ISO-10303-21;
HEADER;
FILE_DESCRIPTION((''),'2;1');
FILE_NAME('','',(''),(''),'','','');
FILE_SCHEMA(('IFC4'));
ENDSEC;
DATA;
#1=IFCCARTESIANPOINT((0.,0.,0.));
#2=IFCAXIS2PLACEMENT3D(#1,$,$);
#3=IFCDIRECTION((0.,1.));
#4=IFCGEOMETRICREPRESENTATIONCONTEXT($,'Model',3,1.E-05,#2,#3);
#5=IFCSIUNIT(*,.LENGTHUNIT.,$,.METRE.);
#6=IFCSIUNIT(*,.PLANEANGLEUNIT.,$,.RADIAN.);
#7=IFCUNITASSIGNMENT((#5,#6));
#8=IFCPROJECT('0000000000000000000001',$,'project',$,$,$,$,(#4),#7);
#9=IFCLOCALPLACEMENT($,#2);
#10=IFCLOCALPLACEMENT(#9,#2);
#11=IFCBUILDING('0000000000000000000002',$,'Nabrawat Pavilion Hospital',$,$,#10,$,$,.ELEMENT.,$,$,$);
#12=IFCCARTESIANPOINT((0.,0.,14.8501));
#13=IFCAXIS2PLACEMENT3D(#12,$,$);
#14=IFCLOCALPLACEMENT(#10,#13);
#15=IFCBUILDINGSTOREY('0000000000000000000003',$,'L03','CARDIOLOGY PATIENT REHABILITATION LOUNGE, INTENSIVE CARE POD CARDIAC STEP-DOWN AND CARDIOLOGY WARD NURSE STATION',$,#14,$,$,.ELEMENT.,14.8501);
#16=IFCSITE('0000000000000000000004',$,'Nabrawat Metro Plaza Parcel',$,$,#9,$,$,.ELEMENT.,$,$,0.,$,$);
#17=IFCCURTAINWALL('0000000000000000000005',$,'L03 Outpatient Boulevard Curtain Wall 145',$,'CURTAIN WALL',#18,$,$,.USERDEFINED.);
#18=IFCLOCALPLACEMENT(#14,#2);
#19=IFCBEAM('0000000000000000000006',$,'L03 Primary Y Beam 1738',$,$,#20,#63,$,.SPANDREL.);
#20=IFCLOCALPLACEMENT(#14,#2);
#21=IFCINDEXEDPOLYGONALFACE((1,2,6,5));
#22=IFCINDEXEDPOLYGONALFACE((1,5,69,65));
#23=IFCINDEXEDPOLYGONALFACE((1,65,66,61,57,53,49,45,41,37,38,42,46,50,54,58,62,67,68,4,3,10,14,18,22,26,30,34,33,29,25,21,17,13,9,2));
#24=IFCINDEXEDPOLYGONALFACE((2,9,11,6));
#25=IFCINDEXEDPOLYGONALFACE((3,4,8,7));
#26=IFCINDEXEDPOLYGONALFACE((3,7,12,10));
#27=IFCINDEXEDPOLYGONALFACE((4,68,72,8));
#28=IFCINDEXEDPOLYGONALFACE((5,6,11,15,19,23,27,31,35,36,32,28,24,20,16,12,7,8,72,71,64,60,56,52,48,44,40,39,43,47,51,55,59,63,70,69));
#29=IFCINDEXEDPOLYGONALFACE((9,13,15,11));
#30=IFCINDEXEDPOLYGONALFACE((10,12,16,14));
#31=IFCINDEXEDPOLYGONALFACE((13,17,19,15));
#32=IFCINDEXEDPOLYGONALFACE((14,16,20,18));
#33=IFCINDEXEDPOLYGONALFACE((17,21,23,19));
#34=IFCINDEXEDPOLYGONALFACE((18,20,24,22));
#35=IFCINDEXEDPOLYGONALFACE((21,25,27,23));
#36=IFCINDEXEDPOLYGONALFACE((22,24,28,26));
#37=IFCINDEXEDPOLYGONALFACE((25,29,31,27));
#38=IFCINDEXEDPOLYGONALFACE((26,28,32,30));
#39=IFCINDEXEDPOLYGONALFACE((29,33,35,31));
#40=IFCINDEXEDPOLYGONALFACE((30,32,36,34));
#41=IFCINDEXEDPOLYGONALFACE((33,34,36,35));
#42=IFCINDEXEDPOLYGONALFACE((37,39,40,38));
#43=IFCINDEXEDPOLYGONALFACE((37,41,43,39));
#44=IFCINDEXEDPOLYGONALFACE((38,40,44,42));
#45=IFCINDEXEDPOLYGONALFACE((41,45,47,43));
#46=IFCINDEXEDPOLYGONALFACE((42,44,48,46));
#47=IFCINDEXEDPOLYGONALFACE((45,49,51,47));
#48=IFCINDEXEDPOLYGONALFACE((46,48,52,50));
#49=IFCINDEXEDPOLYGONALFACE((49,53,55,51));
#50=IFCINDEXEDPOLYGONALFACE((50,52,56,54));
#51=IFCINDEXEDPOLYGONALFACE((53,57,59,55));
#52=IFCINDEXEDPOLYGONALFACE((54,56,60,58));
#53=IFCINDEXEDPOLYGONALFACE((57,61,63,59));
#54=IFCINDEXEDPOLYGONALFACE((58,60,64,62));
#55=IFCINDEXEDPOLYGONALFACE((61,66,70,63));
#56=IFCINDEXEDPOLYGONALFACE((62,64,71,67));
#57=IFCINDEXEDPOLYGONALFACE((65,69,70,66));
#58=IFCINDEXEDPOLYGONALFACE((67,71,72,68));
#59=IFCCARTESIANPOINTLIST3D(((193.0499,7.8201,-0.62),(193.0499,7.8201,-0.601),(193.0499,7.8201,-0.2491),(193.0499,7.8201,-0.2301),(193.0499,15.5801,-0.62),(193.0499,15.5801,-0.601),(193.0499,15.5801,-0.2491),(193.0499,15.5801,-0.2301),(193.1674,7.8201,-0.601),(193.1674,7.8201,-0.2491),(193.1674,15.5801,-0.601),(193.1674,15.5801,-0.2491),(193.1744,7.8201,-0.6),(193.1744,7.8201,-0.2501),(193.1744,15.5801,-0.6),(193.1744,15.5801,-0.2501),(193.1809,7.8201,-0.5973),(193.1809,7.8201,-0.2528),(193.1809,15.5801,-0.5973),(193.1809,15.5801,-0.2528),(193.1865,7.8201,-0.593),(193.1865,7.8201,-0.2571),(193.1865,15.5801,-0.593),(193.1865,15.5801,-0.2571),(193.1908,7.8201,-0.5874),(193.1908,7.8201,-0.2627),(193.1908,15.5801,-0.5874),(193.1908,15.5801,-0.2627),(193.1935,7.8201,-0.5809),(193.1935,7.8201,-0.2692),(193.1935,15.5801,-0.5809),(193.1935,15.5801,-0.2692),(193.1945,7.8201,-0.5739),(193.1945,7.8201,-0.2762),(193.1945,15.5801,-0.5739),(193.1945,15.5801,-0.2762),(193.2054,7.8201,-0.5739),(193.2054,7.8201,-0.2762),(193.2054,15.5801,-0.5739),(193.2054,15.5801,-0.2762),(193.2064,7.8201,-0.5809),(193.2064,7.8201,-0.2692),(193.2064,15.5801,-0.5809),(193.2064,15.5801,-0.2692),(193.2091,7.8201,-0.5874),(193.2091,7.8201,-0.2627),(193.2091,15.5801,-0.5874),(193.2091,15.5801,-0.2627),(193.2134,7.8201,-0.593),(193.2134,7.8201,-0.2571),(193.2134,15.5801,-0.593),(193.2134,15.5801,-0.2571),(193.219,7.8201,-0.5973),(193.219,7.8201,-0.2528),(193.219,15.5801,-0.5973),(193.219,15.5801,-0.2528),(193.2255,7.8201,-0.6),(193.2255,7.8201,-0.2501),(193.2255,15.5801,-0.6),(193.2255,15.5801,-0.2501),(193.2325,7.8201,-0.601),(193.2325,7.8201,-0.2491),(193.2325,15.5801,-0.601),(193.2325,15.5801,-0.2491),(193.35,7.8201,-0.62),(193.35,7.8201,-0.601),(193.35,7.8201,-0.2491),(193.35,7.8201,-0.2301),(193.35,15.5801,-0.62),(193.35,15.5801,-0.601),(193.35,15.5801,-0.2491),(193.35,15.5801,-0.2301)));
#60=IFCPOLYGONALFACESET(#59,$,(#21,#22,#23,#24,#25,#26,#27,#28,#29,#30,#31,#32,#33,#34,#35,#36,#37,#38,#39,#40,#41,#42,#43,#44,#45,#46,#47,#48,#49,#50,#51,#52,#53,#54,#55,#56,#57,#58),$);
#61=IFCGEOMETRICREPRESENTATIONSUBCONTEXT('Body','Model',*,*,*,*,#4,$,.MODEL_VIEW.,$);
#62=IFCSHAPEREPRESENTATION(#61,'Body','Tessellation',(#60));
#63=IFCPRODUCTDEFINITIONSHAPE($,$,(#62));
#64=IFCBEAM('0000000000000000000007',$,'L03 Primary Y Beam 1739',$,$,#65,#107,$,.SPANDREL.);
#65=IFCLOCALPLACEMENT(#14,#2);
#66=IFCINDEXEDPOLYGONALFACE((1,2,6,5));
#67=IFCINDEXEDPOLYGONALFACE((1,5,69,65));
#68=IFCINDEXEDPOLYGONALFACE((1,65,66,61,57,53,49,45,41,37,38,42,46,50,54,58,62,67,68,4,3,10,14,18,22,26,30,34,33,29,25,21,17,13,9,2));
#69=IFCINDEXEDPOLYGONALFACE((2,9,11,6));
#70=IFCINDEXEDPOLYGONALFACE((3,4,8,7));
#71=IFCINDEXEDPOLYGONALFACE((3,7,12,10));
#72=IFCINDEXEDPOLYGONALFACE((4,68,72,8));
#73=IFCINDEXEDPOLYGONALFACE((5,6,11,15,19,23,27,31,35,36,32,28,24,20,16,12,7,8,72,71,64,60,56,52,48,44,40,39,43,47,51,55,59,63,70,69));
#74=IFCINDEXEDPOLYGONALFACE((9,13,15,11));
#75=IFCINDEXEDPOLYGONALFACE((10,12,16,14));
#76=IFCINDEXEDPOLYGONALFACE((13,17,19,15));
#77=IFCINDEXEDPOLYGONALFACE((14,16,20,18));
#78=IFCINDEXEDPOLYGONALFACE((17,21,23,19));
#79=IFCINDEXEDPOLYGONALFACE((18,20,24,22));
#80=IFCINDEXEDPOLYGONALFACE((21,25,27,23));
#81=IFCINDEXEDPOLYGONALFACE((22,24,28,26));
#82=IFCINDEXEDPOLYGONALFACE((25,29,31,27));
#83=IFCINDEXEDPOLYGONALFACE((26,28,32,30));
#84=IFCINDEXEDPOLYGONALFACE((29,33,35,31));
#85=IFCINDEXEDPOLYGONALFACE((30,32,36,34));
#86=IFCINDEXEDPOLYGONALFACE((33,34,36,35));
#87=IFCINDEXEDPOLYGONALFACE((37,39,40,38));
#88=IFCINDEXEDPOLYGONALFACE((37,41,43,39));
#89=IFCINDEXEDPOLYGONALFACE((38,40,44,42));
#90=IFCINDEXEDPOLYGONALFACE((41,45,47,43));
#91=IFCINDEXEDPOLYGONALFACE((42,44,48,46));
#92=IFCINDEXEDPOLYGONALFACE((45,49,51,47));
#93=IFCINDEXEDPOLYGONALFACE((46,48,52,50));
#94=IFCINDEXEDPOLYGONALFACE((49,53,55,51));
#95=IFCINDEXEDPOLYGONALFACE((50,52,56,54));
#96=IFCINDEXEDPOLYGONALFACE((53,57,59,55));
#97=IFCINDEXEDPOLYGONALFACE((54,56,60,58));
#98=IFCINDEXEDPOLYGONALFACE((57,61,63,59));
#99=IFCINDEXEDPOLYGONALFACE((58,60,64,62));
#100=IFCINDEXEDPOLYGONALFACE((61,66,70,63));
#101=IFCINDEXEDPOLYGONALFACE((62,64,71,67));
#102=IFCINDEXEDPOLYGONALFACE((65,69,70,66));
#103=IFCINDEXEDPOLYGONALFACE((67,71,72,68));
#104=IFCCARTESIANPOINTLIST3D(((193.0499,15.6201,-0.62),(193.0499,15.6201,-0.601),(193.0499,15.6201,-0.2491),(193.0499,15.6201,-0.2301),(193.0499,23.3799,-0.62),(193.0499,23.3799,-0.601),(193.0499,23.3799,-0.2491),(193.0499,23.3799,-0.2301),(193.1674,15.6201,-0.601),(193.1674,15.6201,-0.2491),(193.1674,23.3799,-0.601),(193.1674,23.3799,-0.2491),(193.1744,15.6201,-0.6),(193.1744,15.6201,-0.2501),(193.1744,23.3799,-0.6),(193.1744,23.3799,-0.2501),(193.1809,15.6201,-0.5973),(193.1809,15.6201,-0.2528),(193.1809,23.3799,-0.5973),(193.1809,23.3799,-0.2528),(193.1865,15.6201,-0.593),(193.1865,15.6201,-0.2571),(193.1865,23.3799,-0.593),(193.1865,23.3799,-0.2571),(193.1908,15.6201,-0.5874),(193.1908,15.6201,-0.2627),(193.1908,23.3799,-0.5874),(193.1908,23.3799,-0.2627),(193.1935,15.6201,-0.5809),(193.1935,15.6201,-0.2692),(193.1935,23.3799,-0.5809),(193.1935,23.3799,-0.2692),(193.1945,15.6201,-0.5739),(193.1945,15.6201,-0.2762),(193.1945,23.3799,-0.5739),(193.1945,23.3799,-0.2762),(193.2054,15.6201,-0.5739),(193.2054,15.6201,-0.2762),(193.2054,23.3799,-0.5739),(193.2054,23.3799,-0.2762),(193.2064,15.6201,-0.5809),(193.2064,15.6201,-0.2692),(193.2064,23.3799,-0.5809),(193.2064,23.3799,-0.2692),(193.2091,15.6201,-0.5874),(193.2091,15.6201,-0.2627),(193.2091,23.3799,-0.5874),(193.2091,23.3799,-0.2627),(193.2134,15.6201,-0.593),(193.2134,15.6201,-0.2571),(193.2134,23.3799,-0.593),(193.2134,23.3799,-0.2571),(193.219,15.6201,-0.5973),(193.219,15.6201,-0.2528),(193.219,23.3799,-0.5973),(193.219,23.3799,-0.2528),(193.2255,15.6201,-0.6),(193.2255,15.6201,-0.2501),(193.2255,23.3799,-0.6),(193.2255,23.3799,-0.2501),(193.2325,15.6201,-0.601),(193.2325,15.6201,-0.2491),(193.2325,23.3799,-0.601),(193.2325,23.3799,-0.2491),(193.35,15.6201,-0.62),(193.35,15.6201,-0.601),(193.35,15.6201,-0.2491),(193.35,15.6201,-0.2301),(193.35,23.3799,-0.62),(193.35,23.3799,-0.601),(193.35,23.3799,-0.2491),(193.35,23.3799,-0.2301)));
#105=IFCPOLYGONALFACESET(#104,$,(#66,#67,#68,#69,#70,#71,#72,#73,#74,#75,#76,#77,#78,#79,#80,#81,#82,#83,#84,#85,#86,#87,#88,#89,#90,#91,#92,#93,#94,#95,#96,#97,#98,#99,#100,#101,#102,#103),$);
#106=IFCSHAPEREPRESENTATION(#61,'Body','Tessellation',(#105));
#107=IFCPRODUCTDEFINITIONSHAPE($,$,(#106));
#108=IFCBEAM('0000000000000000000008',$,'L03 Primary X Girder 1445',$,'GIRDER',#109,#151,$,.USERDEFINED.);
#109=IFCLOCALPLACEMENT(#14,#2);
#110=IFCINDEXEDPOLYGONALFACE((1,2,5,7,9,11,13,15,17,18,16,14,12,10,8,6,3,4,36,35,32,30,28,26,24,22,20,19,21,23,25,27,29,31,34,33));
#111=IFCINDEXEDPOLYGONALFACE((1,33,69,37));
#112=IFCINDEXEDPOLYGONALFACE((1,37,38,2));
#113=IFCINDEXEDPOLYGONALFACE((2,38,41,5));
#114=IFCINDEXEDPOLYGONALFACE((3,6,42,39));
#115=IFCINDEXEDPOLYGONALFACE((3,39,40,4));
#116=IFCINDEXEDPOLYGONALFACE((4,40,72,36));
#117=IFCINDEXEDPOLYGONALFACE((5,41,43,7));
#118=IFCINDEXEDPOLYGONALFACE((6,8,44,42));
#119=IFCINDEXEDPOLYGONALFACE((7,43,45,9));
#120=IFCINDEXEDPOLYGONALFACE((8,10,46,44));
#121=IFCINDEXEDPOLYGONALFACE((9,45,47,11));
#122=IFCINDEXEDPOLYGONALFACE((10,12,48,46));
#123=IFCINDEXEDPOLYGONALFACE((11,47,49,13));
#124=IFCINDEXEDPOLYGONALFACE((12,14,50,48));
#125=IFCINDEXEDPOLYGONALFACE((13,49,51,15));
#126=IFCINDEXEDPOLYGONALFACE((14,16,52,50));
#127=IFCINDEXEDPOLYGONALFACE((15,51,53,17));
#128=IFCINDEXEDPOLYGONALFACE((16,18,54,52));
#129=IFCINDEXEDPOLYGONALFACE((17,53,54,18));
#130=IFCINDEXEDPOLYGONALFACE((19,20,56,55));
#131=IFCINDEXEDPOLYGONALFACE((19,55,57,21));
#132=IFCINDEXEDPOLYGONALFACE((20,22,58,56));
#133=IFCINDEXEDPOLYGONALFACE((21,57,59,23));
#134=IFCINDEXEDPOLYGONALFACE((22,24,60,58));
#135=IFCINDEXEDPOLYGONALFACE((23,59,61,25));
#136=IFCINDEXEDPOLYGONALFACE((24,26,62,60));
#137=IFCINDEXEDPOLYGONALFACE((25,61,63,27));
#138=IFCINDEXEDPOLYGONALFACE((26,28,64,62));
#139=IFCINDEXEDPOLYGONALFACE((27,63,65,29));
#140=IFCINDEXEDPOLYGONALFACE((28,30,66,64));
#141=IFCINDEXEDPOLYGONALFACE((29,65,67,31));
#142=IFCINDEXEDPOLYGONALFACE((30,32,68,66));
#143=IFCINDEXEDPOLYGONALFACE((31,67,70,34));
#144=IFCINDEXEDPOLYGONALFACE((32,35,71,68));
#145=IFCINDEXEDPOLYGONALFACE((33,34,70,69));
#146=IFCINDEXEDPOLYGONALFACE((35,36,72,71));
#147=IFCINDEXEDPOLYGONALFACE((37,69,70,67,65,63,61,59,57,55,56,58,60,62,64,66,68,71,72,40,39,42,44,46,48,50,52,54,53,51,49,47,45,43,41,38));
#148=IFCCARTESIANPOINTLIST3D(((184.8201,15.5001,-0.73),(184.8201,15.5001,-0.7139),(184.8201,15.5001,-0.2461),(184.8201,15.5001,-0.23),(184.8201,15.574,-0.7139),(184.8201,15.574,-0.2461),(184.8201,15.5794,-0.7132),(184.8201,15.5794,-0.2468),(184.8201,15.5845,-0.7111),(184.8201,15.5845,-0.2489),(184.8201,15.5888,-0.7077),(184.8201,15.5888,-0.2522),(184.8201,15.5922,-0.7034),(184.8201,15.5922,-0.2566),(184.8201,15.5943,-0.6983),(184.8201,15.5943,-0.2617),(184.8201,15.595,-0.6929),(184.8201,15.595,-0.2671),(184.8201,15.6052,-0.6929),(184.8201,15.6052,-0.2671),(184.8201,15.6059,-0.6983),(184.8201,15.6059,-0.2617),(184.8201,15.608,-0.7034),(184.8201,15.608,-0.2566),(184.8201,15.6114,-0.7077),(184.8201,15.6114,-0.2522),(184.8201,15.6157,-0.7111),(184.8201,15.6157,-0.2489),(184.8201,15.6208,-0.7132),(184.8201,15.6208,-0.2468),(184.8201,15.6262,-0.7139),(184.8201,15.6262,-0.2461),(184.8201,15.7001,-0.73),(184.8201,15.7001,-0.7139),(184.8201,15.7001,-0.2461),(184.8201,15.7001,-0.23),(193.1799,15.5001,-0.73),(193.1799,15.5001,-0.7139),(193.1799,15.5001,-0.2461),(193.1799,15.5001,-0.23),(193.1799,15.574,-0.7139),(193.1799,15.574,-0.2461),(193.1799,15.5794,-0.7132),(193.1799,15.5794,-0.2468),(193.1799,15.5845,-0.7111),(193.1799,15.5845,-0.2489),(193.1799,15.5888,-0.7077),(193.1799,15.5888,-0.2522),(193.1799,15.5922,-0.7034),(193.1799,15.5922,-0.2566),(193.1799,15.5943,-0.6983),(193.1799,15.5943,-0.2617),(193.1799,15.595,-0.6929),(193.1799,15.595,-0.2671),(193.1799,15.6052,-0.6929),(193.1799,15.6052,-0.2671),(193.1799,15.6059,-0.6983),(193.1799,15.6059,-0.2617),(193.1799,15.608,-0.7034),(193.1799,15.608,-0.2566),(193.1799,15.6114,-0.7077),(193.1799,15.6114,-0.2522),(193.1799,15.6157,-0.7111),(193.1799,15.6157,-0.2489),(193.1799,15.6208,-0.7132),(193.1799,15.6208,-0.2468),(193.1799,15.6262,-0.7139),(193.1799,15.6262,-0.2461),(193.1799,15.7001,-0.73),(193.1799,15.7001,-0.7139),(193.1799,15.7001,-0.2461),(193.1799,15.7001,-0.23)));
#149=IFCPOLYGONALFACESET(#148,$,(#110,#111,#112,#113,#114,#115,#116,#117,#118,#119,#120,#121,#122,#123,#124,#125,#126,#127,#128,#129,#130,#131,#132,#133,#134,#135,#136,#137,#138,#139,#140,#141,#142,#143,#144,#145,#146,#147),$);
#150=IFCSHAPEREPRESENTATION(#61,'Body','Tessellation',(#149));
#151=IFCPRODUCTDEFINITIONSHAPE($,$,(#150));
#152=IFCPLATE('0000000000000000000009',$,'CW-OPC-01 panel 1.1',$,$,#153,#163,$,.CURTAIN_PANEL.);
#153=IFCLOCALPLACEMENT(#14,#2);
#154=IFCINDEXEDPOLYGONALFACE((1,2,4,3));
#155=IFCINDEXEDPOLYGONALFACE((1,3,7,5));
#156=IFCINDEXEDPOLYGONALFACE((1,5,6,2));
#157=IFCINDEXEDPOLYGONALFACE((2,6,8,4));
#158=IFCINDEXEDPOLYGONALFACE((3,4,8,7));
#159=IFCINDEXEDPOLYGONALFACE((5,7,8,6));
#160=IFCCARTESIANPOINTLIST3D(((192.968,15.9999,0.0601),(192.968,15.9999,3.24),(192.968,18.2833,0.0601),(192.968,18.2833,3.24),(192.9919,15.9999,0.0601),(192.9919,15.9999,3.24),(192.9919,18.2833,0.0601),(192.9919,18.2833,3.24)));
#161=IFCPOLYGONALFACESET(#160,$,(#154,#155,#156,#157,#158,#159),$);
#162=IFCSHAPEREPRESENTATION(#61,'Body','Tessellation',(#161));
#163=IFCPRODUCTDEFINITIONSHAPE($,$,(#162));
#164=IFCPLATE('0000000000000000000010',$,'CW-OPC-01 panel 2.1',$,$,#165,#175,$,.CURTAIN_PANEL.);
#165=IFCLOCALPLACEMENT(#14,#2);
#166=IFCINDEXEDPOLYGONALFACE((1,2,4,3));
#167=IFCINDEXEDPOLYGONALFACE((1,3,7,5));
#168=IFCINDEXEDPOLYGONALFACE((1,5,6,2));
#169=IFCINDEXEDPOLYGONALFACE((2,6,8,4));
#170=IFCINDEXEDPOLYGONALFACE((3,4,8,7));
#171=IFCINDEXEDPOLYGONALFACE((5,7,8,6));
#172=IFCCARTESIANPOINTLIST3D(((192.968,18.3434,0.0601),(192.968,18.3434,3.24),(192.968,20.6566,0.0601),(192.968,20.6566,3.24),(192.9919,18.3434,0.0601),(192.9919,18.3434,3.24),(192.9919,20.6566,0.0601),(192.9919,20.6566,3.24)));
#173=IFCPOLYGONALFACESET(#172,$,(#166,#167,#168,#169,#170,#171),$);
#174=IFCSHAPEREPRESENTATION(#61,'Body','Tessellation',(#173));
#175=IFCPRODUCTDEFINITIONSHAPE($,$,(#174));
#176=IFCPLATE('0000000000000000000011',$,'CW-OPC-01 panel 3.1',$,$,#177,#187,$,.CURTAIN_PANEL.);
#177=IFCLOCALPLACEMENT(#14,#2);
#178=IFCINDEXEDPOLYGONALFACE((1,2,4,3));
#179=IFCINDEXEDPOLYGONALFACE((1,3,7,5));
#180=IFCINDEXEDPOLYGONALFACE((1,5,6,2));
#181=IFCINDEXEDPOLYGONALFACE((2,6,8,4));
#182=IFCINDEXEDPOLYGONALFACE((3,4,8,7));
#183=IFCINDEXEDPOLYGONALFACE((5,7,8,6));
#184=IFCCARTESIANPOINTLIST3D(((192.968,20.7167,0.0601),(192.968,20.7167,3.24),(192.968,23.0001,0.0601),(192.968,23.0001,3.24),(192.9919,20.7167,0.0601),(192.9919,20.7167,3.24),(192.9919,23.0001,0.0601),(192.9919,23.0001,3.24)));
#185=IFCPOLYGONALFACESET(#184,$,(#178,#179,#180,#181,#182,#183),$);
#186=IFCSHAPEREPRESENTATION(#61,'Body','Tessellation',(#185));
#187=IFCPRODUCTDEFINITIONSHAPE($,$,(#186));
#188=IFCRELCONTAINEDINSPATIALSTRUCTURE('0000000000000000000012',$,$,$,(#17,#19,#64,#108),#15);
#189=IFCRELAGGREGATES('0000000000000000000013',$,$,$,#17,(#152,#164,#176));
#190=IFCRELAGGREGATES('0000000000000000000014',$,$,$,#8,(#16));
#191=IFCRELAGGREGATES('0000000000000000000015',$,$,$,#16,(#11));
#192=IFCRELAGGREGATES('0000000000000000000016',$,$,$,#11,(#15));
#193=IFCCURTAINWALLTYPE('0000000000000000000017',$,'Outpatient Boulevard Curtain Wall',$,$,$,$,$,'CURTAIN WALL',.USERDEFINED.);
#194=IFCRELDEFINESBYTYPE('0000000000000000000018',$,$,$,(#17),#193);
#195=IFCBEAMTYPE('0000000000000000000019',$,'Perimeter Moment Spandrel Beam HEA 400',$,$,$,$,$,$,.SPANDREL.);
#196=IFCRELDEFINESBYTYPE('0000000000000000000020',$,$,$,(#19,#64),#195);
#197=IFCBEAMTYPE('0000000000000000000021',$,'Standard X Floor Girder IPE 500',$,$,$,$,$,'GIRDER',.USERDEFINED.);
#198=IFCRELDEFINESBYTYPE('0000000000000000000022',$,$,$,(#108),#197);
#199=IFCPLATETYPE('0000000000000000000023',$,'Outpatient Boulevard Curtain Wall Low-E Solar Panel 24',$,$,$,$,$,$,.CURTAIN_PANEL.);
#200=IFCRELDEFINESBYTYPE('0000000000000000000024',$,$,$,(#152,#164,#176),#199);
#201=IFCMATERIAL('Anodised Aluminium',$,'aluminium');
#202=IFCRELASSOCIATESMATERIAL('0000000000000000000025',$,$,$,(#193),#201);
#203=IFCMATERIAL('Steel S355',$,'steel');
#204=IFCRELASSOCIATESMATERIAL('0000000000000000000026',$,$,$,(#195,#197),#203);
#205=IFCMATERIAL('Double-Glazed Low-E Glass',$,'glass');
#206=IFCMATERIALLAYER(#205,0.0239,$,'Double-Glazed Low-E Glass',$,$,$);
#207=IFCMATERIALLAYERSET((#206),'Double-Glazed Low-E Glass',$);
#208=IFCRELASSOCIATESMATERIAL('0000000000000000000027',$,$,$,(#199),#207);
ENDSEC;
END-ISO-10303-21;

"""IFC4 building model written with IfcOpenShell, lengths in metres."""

from ifc_helpers import new_model, si_unit, direction, frame, origin, origin_2d, place, context, subcontext, project, spatial, rectangle, i_section, extrude, material, layer, layer_set, material_profile, profile_set, type_object, element, aggregate, save


model = new_model("IFC4")

# Units and contexts
model_context = context("Model", 3, precision=1e-05, world=origin(), true_north=direction((0.0, 1.0)))
body_context = subcontext(model_context, "Body", "Model", "MODEL_VIEW")
ifc_project = project(units=[si_unit("LENGTHUNIT", "METRE"), si_unit("PLANEANGLEUNIT", "RADIAN")], contexts=[model_context])

# Site, building, storey
site_placement = place(None, origin())
site = spatial("IfcSite", under=ifc_project, at=site_placement, Name="Nabrawat Metro Plaza Parcel", CompositionType="ELEMENT", RefElevation=0.0)
building_placement = place(site_placement, origin())
building = spatial("IfcBuilding", under=site, at=building_placement, Name="Nabrawat Pavilion Hospital", CompositionType="ELEMENT")
storey_placement = place(building_placement, frame((0.0, 0.0, 14.8501)))
storey = spatial("IfcBuildingStorey", under=building, at=storey_placement, Name="L03", Description="CARDIOLOGY PATIENT REHABILITATION LOUNGE, INTENSIVE CARE POD CARDIAC STEP-DOWN AND CARDIOLOGY WARD NURSE STATION", CompositionType="ELEMENT", Elevation=14.8501)

# Shared definitions
ifc_material_1 = material(Name="Steel S355", Category="steel")

# Curtain wall
ifc_material_2 = material(Name="Anodised Aluminium", Category="aluminium")
curtain_wall_type = type_object("IfcCurtainWallType", Name="Outpatient Boulevard Curtain Wall", ElementType="CURTAIN WALL", PredefinedType="USERDEFINED", material=ifc_material_2)
curtain_wall_placement = place(storey_placement, origin())
curtain_wall = element("IfcCurtainWall", 1, at=curtain_wall_placement, inside=storey, type_object=curtain_wall_type, Name="L03 Outpatient Boulevard Curtain Wall 145", ObjectType="CURTAIN WALL", PredefinedType="USERDEFINED")

# Beams
ifc_material_profile_1 = material_profile(ifc_material_1, i_section(OverallWidth=0.3, OverallDepth=0.3899, WebThickness=0.011, FlangeThickness=0.019, FilletRadius=0.0271, at=origin_2d()), Name="HEA 400")
ifc_profile_set_1 = profile_set([ifc_material_profile_1], Name="Steel S355")
beam_type_1 = type_object("IfcBeamType", Name="Perimeter Moment Spandrel Beam HEA 400", PredefinedType="SPANDREL", material=ifc_profile_set_1)
for number, where, z_axis, x_axis, name in (
    (2, (193.2, 7.8201, -0.425), (0.0, 1.0, 0.0), (-1.0, 0.0, 0.0), "L03 Primary Y Beam 1738"),
):
    element("IfcBeam", number, at=place(storey_placement, frame(where, z_axis=z_axis, x_axis=x_axis)), inside=storey, type_object=beam_type_1, Name=name, PredefinedType="SPANDREL", context=body_context, shape_type="SweptSolid", body=[
        extrude(i_section(OverallWidth=0.3, OverallDepth=0.3899, WebThickness=0.011, FlangeThickness=0.019, FilletRadius=0.0271, at=origin_2d()), origin(), (0.0, 0.0, 1.0), 7.76),
    ])
beam_1_placement = place(storey_placement, frame((193.2, 15.6201, -0.425), z_axis=(0.0, 1.0, 0.0), x_axis=(-1.0, 0.0, 0.0)))
element("IfcBeam", 3, at=beam_1_placement, inside=storey, type_object=beam_type_1, Name="L03 Primary Y Beam 1739", PredefinedType="SPANDREL", context=body_context, shape_type="SweptSolid", body=[
    extrude(i_section(OverallWidth=0.3, OverallDepth=0.3899, WebThickness=0.011, FlangeThickness=0.019, FilletRadius=0.0271, at=origin_2d()), origin(), (0.0, 0.0, 1.0), 7.7598),
])
ifc_material_profile_2 = material_profile(ifc_material_1, i_section(OverallWidth=0.2, OverallDepth=0.5, WebThickness=0.0103, FlangeThickness=0.0161, FilletRadius=0.021, at=origin_2d()), Name="IPE 500")
ifc_profile_set_2 = profile_set([ifc_material_profile_2], Name="Steel S355")
beam_type_2 = type_object("IfcBeamType", Name="Standard X Floor Girder IPE 500", ElementType="GIRDER", PredefinedType="USERDEFINED", material=ifc_profile_set_2)
beam_2_placement = place(storey_placement, frame((184.8201, 15.6001, -0.48), z_axis=(1.0, 0.0, 0.0), x_axis=(0.0, 1.0, 0.0)))
element("IfcBeam", 4, at=beam_2_placement, inside=storey, type_object=beam_type_2, Name="L03 Primary X Girder 1445", ObjectType="GIRDER", PredefinedType="USERDEFINED", context=body_context, shape_type="SweptSolid", body=[
    extrude(i_section(OverallWidth=0.2, OverallDepth=0.5, WebThickness=0.0103, FlangeThickness=0.0161, FilletRadius=0.021, at=origin_2d()), origin(), (0.0, 0.0, 1.0), 8.3599),
])

# Plates
ifc_material_3 = material(Name="Double-Glazed Low-E Glass", Category="glass")
ifc_layer_1 = layer(ifc_material_3, 0.0239, Name="Double-Glazed Low-E Glass")
ifc_layer_set_1 = layer_set([ifc_layer_1], Name="Double-Glazed Low-E Glass")
plate_type = type_object("IfcPlateType", Name="Outpatient Boulevard Curtain Wall Low-E Solar Panel 24", PredefinedType="CURTAIN_PANEL", material=ifc_layer_set_1)
plate_1_placement = place(storey_placement, frame((192.98, 17.1416, 0.0601), z_axis=(0.0, 0.0, 1.0), x_axis=(0.0, 1.0, 0.0)))
plate_1 = element("IfcPlate", 5, at=plate_1_placement, type_object=plate_type, Name="CW-OPC-01 panel 1.1", PredefinedType="CURTAIN_PANEL", context=body_context, shape_type="SweptSolid", body=[
    extrude(rectangle(XDim=2.2834, YDim=0.0239, at=origin_2d()), origin(), (0.0, 0.0, 1.0), 3.1799),
])
plate_2_placement = place(storey_placement, frame((192.98, 19.5, 0.0601), z_axis=(0.0, 0.0, 1.0), x_axis=(0.0, 1.0, 0.0)))
plate_2 = element("IfcPlate", 6, at=plate_2_placement, type_object=plate_type, Name="CW-OPC-01 panel 2.1", PredefinedType="CURTAIN_PANEL", context=body_context, shape_type="SweptSolid", body=[
    extrude(rectangle(XDim=2.3132, YDim=0.0239, at=origin_2d()), origin(), (0.0, 0.0, 1.0), 3.1799),
])
plate_3_placement = place(storey_placement, frame((192.98, 21.8584, 0.0601), z_axis=(0.0, 0.0, 1.0), x_axis=(0.0, 1.0, 0.0)))
plate_3 = element("IfcPlate", 7, at=plate_3_placement, type_object=plate_type, Name="CW-OPC-01 panel 3.1", PredefinedType="CURTAIN_PANEL", context=body_context, shape_type="SweptSolid", body=[
    extrude(rectangle(XDim=2.2834, YDim=0.0239, at=origin_2d()), origin(), (0.0, 0.0, 1.0), 3.1799),
])
aggregate(curtain_wall, [plate_1, plate_2, plate_3])

save(model, "model.ifc")
